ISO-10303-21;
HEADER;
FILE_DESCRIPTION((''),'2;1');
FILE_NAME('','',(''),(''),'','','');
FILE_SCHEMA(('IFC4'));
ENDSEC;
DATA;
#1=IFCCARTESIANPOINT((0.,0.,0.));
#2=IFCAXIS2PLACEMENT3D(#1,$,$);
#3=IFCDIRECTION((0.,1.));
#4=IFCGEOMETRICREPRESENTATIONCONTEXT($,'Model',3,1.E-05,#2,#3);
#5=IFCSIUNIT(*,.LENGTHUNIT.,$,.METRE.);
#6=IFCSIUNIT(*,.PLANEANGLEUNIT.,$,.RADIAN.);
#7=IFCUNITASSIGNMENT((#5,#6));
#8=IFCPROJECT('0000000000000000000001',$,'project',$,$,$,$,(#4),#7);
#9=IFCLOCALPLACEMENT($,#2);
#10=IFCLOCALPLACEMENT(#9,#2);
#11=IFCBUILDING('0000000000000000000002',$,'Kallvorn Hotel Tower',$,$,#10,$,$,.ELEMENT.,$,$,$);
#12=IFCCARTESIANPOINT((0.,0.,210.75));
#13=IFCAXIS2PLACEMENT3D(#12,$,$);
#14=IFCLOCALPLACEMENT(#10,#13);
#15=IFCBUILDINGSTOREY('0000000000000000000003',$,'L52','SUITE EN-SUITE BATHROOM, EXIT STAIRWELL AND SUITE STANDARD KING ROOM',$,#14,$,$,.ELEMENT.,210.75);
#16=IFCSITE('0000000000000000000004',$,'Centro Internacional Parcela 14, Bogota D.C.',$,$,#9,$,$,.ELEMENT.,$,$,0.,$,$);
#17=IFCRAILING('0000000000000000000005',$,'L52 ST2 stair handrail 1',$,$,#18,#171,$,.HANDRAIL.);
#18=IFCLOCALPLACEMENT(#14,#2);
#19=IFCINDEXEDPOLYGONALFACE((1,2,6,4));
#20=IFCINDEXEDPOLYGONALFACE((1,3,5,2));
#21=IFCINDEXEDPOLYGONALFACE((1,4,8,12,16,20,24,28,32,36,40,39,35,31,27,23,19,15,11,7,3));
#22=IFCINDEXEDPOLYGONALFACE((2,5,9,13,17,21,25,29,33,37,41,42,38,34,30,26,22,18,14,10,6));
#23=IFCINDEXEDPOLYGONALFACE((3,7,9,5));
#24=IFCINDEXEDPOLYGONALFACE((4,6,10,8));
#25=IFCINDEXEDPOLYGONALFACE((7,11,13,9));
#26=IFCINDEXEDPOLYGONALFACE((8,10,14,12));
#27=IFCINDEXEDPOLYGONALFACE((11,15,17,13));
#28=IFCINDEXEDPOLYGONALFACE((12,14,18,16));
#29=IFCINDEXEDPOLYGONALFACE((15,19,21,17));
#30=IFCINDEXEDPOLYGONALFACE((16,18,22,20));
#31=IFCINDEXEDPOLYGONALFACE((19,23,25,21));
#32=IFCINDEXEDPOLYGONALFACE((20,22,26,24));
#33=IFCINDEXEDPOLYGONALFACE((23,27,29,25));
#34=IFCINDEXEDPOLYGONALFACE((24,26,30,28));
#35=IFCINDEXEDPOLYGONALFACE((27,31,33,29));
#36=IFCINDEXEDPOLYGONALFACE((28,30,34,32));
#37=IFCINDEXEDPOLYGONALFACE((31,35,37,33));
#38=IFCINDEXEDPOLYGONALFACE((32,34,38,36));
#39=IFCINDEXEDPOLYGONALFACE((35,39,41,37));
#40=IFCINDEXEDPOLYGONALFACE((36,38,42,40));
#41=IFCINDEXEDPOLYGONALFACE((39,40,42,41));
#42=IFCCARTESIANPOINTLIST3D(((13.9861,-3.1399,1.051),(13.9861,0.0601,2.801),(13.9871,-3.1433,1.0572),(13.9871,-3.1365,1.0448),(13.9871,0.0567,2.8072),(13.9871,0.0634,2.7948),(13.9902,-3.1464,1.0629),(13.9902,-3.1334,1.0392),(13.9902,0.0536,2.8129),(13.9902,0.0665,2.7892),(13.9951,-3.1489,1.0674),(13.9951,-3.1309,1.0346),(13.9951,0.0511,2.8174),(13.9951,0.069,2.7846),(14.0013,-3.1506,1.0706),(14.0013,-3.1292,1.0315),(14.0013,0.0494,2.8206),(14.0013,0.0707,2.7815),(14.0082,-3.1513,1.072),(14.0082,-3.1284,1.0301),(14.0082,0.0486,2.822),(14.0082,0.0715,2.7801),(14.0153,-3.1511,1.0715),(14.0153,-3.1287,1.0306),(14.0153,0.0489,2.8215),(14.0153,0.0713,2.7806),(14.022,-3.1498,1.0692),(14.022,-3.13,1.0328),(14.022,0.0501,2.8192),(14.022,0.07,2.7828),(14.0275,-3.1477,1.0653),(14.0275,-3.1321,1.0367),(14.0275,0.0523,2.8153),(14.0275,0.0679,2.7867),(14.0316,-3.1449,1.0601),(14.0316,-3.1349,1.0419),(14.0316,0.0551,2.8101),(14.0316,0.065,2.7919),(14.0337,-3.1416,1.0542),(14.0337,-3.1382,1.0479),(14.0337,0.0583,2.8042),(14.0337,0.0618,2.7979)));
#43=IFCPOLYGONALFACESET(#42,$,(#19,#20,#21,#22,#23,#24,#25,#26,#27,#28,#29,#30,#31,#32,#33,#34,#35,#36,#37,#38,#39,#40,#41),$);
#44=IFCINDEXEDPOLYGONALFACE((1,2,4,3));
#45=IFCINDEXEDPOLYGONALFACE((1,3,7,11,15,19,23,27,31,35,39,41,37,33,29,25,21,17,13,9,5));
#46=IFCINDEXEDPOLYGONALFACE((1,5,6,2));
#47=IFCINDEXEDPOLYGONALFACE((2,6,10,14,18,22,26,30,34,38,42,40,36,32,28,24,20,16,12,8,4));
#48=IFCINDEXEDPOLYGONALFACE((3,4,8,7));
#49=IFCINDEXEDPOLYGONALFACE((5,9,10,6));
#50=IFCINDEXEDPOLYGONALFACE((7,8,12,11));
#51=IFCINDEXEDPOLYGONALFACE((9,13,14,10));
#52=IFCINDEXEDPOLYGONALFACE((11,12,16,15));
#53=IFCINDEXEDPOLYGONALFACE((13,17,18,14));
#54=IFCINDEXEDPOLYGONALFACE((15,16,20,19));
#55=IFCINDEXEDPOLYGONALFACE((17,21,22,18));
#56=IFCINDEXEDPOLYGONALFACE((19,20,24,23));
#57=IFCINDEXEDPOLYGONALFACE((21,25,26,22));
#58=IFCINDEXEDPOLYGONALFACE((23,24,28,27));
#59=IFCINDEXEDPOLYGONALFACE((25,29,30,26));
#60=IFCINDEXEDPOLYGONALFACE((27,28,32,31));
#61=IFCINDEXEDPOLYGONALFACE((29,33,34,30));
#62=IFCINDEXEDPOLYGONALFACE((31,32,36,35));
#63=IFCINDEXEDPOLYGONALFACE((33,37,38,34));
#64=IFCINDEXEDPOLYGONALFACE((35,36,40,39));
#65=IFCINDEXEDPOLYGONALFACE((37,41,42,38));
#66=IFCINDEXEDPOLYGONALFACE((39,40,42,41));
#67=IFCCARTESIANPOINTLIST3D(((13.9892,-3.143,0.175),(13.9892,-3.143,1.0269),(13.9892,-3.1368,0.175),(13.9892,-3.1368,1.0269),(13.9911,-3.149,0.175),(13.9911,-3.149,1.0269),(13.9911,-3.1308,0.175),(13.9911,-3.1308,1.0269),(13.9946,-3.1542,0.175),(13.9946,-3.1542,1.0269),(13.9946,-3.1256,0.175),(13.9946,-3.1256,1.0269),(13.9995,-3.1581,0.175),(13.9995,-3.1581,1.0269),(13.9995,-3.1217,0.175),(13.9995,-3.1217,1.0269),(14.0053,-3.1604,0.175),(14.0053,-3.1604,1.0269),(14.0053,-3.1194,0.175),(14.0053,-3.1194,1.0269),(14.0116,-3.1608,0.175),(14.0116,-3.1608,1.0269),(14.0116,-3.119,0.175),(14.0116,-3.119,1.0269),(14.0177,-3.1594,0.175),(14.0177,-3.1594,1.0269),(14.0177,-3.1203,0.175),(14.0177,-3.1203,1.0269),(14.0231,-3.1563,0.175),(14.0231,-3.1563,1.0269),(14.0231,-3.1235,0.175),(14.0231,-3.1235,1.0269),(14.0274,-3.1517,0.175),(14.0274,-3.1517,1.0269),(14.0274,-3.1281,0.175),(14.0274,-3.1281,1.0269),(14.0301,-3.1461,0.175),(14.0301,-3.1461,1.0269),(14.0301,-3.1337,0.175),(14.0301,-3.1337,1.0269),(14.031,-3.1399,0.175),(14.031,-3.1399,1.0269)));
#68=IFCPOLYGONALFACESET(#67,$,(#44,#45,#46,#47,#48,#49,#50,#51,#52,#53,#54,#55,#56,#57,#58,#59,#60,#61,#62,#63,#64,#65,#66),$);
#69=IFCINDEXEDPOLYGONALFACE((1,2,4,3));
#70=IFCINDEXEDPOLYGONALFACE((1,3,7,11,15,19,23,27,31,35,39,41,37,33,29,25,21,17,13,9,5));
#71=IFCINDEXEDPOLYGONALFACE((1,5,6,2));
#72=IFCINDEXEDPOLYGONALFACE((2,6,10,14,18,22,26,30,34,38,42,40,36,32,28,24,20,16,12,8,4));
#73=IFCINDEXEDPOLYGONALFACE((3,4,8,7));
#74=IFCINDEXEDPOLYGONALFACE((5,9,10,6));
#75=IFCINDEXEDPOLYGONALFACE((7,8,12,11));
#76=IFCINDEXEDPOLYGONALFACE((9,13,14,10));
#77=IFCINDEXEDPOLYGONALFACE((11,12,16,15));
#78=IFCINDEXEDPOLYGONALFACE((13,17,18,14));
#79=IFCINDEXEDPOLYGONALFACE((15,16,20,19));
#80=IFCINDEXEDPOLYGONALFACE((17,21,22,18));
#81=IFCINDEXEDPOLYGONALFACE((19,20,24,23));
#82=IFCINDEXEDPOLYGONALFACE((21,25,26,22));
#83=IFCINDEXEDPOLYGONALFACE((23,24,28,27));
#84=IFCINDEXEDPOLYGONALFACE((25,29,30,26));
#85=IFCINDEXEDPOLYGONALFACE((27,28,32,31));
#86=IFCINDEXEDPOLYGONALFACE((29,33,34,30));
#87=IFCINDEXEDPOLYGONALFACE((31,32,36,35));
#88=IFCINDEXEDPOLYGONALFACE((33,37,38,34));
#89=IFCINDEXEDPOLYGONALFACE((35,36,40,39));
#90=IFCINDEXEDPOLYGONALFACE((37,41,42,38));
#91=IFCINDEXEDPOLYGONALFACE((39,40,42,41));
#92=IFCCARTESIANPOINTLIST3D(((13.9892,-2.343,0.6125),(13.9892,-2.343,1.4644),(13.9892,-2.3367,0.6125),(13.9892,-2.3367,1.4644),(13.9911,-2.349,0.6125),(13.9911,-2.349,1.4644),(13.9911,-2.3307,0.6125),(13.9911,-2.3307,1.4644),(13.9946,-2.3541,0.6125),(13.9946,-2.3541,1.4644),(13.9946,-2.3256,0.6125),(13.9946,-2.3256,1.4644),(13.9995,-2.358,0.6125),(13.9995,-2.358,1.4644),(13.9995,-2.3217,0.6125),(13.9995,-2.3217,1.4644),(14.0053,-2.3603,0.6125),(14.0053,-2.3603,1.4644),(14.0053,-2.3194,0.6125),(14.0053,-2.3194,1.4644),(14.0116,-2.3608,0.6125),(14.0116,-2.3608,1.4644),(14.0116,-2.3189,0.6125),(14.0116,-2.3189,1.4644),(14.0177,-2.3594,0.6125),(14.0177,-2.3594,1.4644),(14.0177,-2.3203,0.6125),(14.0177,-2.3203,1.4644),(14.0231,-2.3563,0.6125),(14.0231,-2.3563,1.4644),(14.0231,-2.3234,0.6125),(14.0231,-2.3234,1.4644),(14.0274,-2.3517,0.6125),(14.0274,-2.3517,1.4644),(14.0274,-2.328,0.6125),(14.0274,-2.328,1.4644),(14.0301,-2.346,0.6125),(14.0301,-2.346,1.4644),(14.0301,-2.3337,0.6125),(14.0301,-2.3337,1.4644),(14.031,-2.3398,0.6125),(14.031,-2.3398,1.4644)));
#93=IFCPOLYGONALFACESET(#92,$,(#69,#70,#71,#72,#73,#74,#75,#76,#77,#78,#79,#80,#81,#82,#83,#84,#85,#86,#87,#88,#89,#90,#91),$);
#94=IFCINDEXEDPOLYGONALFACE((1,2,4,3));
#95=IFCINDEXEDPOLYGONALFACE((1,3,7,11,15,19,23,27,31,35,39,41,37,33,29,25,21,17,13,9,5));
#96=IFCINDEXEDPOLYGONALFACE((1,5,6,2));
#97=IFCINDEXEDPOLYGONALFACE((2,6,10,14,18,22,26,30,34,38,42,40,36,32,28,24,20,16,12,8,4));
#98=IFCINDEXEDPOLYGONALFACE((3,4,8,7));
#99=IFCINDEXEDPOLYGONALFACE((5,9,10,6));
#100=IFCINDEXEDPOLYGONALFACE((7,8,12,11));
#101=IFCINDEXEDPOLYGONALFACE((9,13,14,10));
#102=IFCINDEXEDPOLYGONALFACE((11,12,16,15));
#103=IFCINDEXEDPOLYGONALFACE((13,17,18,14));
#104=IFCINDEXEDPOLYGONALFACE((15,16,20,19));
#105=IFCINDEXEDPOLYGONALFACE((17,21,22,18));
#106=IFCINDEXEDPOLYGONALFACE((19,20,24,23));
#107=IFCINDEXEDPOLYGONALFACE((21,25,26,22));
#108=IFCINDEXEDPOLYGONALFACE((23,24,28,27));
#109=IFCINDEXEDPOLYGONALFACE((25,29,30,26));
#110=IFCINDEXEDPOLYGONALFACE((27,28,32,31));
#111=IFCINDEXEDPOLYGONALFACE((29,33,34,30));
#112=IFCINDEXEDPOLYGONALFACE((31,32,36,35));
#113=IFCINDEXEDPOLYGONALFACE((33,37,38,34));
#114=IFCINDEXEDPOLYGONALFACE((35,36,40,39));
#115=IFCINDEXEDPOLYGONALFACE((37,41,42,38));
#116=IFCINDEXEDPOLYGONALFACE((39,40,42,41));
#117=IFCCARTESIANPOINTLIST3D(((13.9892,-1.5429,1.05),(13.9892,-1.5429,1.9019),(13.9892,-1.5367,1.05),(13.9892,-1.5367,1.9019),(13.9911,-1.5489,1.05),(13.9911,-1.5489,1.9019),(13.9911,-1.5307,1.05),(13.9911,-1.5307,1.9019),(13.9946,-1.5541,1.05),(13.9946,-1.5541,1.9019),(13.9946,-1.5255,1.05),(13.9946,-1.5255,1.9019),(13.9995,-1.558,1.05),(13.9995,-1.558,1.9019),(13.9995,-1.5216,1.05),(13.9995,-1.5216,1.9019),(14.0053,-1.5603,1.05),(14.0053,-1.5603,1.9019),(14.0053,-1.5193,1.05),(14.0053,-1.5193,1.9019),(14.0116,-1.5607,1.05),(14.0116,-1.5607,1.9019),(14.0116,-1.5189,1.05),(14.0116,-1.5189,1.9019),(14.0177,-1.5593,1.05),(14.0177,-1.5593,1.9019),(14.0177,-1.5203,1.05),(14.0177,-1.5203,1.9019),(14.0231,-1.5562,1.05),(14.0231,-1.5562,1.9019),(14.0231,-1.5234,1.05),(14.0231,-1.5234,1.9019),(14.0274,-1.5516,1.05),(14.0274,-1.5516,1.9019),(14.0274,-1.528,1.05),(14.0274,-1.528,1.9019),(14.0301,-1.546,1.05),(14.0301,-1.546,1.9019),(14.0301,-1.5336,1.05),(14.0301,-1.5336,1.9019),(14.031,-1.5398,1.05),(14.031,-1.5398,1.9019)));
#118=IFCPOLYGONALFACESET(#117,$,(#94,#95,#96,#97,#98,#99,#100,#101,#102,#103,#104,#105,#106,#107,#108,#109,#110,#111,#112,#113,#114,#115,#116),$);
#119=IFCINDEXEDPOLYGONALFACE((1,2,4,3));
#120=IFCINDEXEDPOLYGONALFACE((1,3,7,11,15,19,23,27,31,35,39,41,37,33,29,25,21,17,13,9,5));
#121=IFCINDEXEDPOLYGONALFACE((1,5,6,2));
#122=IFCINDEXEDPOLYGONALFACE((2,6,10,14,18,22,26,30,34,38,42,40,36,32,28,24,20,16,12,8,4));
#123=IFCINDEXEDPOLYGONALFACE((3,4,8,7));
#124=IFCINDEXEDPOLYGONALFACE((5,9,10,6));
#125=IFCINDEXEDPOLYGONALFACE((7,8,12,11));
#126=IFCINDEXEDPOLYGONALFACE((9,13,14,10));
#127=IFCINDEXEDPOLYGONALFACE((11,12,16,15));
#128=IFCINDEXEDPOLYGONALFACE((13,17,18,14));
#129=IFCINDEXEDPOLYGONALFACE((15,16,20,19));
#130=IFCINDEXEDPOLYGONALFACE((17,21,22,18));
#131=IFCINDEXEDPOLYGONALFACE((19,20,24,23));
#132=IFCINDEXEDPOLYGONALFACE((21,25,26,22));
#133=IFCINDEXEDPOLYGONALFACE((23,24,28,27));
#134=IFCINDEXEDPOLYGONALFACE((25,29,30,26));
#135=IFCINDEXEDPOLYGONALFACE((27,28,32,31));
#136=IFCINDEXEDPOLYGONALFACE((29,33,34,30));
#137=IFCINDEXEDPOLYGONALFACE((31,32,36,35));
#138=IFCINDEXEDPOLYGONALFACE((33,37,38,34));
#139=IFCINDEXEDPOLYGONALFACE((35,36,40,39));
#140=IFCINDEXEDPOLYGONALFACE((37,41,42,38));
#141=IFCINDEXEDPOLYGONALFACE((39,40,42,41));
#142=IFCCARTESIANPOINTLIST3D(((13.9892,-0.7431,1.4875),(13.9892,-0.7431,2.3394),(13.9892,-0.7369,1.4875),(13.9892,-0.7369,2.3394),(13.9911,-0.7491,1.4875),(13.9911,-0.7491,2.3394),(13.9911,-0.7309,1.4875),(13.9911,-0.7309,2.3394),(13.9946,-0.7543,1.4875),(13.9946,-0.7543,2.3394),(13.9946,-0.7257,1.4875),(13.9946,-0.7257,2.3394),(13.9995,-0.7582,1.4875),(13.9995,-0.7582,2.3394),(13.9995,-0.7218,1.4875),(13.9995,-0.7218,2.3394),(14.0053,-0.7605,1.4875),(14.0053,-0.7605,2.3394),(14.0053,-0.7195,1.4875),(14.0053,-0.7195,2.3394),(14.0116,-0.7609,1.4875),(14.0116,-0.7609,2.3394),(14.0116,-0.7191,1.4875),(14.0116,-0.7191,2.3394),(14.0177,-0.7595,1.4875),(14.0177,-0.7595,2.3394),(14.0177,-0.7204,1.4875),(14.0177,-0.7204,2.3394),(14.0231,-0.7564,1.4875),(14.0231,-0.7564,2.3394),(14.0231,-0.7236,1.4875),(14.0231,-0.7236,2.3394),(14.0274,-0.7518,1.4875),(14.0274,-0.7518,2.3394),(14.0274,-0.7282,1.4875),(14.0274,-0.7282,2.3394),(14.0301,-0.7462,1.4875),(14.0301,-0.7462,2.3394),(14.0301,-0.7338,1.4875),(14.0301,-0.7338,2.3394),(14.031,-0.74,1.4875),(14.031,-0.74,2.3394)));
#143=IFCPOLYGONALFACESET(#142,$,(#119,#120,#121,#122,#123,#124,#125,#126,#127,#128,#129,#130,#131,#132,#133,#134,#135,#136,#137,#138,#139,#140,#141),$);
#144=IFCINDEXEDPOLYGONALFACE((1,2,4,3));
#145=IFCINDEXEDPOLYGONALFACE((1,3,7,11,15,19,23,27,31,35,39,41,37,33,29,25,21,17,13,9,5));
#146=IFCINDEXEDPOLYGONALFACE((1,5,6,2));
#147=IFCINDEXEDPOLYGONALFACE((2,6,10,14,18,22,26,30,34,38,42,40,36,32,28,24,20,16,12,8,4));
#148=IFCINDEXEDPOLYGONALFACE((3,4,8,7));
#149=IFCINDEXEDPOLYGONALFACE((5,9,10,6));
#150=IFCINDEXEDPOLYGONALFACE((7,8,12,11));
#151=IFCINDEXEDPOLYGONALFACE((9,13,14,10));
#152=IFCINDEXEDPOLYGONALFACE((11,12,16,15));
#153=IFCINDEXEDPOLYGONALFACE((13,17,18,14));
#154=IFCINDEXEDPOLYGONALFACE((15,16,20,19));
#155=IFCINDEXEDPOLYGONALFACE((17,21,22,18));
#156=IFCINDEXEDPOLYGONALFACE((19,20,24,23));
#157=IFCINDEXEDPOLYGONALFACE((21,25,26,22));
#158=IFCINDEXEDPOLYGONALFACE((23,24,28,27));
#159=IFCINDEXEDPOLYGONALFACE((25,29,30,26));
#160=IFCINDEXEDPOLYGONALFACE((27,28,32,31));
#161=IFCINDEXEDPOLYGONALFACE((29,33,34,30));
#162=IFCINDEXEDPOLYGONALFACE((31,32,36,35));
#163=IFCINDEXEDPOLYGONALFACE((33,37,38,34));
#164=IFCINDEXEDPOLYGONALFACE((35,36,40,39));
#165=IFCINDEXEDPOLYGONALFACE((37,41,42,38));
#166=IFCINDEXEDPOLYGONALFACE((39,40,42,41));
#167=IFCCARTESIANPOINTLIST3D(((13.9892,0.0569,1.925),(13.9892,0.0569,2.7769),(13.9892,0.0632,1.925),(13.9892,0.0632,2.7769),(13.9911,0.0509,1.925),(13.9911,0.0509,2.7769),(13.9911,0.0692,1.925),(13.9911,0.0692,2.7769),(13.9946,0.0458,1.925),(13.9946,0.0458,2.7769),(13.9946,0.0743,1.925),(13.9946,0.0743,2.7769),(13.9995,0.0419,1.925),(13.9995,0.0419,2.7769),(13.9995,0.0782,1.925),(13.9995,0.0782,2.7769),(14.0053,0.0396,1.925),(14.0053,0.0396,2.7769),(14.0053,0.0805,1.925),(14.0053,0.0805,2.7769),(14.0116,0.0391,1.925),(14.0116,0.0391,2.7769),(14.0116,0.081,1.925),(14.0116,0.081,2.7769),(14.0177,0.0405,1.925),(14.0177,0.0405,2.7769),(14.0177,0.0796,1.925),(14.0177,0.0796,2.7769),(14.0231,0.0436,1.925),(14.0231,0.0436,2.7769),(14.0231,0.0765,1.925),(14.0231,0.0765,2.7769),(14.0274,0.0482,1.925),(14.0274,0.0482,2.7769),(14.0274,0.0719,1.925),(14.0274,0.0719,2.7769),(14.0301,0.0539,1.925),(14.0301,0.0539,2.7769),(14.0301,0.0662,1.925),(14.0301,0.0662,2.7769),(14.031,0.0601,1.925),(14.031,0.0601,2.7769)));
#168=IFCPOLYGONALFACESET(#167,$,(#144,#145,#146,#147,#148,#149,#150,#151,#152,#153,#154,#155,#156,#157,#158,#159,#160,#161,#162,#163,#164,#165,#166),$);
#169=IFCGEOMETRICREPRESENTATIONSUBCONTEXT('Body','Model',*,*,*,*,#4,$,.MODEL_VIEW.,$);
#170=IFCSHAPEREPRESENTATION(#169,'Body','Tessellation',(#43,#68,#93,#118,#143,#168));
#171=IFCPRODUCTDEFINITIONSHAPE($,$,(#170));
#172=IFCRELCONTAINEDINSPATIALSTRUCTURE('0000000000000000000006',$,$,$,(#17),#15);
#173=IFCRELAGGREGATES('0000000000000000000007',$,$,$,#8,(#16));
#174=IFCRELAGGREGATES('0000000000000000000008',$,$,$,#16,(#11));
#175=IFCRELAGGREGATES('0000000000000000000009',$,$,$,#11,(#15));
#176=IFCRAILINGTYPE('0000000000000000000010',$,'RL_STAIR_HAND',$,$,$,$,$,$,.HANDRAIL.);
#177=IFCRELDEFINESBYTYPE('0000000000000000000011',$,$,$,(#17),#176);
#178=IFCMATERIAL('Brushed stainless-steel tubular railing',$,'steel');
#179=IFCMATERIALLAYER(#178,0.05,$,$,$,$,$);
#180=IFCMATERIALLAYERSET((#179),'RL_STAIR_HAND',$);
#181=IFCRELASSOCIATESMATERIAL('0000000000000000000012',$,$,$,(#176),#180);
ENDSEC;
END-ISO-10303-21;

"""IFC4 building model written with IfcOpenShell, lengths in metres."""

from ifc_helpers import new_model, si_unit, direction, frame, origin, origin_2d, place, context, subcontext, project, spatial, circle, extrude, material, layer, layer_set, type_object, element, save


model = new_model("IFC4")

# Units and contexts
model_context = context("Model", 3, precision=1e-05, world=origin(), true_north=direction((0.0, 1.0)))
body_context = subcontext(model_context, "Body", "Model", "MODEL_VIEW")
ifc_project = project(units=[si_unit("LENGTHUNIT", "METRE"), si_unit("PLANEANGLEUNIT", "RADIAN")], contexts=[model_context])

# Site, building, storey
site_placement = place(None, origin())
site = spatial("IfcSite", under=ifc_project, at=site_placement, Name="Centro Internacional Parcela 14, Bogota D.C.", CompositionType="ELEMENT", RefElevation=0.0)
building_placement = place(site_placement, origin())
building = spatial("IfcBuilding", under=site, at=building_placement, Name="Kallvorn Hotel Tower", CompositionType="ELEMENT")
storey_placement = place(building_placement, frame((0.0, 0.0, 210.75)))
storey = spatial("IfcBuildingStorey", under=building, at=storey_placement, Name="L52", Description="SUITE EN-SUITE BATHROOM, EXIT STAIRWELL AND SUITE STANDARD KING ROOM", CompositionType="ELEMENT", Elevation=210.75)

# Railing
ifc_material_1 = material(Name="Brushed stainless-steel tubular railing", Category="steel")
ifc_layer_1 = layer(ifc_material_1, 0.05)
ifc_layer_set_1 = layer_set([ifc_layer_1], Name="RL_STAIR_HAND")
railing_type_1 = type_object("IfcRailingType", Name="RL_STAIR_HAND", PredefinedType="HANDRAIL", material=ifc_layer_set_1)
railing_1_placement = place(storey_placement, frame((14.01, -3.1399, 0.175)))
element("IfcRailing", 1, at=railing_1_placement, inside=storey, type_object=railing_type_1, Name="L52 ST2 stair handrail 1", PredefinedType="HANDRAIL", context=body_context, shape_type="SweptSolid", body=[
    extrude(circle(Radius=0.0239, at=origin_2d()), frame((0.0, 0.0, 0.876), z_axis=(0.0, 0.877368, 0.479818), x_axis=(-1.0, 0.0, 0.0)), (0.0, 0.0, 1.0), 3.6472),
    extrude(circle(Radius=0.021, at=origin_2d()), origin(), (0.0, 0.0, 1.0), 0.8518),
    extrude(circle(Radius=0.021, at=origin_2d()), frame((0.0, 0.8, 0.4375)), (0.0, 0.0, 1.0), 0.8518),
    extrude(circle(Radius=0.021, at=origin_2d()), frame((0.0, 1.6001, 0.875)), (0.0, 0.0, 1.0), 0.8518),
    extrude(circle(Radius=0.021, at=origin_2d()), frame((0.0, 2.3999, 1.3125)), (0.0, 0.0, 1.0), 0.8518),
    extrude(circle(Radius=0.021, at=origin_2d()), frame((0.0, 3.2, 1.75)), (0.0, 0.0, 1.0), 0.8518),
])

save(model, "model.ifc")
